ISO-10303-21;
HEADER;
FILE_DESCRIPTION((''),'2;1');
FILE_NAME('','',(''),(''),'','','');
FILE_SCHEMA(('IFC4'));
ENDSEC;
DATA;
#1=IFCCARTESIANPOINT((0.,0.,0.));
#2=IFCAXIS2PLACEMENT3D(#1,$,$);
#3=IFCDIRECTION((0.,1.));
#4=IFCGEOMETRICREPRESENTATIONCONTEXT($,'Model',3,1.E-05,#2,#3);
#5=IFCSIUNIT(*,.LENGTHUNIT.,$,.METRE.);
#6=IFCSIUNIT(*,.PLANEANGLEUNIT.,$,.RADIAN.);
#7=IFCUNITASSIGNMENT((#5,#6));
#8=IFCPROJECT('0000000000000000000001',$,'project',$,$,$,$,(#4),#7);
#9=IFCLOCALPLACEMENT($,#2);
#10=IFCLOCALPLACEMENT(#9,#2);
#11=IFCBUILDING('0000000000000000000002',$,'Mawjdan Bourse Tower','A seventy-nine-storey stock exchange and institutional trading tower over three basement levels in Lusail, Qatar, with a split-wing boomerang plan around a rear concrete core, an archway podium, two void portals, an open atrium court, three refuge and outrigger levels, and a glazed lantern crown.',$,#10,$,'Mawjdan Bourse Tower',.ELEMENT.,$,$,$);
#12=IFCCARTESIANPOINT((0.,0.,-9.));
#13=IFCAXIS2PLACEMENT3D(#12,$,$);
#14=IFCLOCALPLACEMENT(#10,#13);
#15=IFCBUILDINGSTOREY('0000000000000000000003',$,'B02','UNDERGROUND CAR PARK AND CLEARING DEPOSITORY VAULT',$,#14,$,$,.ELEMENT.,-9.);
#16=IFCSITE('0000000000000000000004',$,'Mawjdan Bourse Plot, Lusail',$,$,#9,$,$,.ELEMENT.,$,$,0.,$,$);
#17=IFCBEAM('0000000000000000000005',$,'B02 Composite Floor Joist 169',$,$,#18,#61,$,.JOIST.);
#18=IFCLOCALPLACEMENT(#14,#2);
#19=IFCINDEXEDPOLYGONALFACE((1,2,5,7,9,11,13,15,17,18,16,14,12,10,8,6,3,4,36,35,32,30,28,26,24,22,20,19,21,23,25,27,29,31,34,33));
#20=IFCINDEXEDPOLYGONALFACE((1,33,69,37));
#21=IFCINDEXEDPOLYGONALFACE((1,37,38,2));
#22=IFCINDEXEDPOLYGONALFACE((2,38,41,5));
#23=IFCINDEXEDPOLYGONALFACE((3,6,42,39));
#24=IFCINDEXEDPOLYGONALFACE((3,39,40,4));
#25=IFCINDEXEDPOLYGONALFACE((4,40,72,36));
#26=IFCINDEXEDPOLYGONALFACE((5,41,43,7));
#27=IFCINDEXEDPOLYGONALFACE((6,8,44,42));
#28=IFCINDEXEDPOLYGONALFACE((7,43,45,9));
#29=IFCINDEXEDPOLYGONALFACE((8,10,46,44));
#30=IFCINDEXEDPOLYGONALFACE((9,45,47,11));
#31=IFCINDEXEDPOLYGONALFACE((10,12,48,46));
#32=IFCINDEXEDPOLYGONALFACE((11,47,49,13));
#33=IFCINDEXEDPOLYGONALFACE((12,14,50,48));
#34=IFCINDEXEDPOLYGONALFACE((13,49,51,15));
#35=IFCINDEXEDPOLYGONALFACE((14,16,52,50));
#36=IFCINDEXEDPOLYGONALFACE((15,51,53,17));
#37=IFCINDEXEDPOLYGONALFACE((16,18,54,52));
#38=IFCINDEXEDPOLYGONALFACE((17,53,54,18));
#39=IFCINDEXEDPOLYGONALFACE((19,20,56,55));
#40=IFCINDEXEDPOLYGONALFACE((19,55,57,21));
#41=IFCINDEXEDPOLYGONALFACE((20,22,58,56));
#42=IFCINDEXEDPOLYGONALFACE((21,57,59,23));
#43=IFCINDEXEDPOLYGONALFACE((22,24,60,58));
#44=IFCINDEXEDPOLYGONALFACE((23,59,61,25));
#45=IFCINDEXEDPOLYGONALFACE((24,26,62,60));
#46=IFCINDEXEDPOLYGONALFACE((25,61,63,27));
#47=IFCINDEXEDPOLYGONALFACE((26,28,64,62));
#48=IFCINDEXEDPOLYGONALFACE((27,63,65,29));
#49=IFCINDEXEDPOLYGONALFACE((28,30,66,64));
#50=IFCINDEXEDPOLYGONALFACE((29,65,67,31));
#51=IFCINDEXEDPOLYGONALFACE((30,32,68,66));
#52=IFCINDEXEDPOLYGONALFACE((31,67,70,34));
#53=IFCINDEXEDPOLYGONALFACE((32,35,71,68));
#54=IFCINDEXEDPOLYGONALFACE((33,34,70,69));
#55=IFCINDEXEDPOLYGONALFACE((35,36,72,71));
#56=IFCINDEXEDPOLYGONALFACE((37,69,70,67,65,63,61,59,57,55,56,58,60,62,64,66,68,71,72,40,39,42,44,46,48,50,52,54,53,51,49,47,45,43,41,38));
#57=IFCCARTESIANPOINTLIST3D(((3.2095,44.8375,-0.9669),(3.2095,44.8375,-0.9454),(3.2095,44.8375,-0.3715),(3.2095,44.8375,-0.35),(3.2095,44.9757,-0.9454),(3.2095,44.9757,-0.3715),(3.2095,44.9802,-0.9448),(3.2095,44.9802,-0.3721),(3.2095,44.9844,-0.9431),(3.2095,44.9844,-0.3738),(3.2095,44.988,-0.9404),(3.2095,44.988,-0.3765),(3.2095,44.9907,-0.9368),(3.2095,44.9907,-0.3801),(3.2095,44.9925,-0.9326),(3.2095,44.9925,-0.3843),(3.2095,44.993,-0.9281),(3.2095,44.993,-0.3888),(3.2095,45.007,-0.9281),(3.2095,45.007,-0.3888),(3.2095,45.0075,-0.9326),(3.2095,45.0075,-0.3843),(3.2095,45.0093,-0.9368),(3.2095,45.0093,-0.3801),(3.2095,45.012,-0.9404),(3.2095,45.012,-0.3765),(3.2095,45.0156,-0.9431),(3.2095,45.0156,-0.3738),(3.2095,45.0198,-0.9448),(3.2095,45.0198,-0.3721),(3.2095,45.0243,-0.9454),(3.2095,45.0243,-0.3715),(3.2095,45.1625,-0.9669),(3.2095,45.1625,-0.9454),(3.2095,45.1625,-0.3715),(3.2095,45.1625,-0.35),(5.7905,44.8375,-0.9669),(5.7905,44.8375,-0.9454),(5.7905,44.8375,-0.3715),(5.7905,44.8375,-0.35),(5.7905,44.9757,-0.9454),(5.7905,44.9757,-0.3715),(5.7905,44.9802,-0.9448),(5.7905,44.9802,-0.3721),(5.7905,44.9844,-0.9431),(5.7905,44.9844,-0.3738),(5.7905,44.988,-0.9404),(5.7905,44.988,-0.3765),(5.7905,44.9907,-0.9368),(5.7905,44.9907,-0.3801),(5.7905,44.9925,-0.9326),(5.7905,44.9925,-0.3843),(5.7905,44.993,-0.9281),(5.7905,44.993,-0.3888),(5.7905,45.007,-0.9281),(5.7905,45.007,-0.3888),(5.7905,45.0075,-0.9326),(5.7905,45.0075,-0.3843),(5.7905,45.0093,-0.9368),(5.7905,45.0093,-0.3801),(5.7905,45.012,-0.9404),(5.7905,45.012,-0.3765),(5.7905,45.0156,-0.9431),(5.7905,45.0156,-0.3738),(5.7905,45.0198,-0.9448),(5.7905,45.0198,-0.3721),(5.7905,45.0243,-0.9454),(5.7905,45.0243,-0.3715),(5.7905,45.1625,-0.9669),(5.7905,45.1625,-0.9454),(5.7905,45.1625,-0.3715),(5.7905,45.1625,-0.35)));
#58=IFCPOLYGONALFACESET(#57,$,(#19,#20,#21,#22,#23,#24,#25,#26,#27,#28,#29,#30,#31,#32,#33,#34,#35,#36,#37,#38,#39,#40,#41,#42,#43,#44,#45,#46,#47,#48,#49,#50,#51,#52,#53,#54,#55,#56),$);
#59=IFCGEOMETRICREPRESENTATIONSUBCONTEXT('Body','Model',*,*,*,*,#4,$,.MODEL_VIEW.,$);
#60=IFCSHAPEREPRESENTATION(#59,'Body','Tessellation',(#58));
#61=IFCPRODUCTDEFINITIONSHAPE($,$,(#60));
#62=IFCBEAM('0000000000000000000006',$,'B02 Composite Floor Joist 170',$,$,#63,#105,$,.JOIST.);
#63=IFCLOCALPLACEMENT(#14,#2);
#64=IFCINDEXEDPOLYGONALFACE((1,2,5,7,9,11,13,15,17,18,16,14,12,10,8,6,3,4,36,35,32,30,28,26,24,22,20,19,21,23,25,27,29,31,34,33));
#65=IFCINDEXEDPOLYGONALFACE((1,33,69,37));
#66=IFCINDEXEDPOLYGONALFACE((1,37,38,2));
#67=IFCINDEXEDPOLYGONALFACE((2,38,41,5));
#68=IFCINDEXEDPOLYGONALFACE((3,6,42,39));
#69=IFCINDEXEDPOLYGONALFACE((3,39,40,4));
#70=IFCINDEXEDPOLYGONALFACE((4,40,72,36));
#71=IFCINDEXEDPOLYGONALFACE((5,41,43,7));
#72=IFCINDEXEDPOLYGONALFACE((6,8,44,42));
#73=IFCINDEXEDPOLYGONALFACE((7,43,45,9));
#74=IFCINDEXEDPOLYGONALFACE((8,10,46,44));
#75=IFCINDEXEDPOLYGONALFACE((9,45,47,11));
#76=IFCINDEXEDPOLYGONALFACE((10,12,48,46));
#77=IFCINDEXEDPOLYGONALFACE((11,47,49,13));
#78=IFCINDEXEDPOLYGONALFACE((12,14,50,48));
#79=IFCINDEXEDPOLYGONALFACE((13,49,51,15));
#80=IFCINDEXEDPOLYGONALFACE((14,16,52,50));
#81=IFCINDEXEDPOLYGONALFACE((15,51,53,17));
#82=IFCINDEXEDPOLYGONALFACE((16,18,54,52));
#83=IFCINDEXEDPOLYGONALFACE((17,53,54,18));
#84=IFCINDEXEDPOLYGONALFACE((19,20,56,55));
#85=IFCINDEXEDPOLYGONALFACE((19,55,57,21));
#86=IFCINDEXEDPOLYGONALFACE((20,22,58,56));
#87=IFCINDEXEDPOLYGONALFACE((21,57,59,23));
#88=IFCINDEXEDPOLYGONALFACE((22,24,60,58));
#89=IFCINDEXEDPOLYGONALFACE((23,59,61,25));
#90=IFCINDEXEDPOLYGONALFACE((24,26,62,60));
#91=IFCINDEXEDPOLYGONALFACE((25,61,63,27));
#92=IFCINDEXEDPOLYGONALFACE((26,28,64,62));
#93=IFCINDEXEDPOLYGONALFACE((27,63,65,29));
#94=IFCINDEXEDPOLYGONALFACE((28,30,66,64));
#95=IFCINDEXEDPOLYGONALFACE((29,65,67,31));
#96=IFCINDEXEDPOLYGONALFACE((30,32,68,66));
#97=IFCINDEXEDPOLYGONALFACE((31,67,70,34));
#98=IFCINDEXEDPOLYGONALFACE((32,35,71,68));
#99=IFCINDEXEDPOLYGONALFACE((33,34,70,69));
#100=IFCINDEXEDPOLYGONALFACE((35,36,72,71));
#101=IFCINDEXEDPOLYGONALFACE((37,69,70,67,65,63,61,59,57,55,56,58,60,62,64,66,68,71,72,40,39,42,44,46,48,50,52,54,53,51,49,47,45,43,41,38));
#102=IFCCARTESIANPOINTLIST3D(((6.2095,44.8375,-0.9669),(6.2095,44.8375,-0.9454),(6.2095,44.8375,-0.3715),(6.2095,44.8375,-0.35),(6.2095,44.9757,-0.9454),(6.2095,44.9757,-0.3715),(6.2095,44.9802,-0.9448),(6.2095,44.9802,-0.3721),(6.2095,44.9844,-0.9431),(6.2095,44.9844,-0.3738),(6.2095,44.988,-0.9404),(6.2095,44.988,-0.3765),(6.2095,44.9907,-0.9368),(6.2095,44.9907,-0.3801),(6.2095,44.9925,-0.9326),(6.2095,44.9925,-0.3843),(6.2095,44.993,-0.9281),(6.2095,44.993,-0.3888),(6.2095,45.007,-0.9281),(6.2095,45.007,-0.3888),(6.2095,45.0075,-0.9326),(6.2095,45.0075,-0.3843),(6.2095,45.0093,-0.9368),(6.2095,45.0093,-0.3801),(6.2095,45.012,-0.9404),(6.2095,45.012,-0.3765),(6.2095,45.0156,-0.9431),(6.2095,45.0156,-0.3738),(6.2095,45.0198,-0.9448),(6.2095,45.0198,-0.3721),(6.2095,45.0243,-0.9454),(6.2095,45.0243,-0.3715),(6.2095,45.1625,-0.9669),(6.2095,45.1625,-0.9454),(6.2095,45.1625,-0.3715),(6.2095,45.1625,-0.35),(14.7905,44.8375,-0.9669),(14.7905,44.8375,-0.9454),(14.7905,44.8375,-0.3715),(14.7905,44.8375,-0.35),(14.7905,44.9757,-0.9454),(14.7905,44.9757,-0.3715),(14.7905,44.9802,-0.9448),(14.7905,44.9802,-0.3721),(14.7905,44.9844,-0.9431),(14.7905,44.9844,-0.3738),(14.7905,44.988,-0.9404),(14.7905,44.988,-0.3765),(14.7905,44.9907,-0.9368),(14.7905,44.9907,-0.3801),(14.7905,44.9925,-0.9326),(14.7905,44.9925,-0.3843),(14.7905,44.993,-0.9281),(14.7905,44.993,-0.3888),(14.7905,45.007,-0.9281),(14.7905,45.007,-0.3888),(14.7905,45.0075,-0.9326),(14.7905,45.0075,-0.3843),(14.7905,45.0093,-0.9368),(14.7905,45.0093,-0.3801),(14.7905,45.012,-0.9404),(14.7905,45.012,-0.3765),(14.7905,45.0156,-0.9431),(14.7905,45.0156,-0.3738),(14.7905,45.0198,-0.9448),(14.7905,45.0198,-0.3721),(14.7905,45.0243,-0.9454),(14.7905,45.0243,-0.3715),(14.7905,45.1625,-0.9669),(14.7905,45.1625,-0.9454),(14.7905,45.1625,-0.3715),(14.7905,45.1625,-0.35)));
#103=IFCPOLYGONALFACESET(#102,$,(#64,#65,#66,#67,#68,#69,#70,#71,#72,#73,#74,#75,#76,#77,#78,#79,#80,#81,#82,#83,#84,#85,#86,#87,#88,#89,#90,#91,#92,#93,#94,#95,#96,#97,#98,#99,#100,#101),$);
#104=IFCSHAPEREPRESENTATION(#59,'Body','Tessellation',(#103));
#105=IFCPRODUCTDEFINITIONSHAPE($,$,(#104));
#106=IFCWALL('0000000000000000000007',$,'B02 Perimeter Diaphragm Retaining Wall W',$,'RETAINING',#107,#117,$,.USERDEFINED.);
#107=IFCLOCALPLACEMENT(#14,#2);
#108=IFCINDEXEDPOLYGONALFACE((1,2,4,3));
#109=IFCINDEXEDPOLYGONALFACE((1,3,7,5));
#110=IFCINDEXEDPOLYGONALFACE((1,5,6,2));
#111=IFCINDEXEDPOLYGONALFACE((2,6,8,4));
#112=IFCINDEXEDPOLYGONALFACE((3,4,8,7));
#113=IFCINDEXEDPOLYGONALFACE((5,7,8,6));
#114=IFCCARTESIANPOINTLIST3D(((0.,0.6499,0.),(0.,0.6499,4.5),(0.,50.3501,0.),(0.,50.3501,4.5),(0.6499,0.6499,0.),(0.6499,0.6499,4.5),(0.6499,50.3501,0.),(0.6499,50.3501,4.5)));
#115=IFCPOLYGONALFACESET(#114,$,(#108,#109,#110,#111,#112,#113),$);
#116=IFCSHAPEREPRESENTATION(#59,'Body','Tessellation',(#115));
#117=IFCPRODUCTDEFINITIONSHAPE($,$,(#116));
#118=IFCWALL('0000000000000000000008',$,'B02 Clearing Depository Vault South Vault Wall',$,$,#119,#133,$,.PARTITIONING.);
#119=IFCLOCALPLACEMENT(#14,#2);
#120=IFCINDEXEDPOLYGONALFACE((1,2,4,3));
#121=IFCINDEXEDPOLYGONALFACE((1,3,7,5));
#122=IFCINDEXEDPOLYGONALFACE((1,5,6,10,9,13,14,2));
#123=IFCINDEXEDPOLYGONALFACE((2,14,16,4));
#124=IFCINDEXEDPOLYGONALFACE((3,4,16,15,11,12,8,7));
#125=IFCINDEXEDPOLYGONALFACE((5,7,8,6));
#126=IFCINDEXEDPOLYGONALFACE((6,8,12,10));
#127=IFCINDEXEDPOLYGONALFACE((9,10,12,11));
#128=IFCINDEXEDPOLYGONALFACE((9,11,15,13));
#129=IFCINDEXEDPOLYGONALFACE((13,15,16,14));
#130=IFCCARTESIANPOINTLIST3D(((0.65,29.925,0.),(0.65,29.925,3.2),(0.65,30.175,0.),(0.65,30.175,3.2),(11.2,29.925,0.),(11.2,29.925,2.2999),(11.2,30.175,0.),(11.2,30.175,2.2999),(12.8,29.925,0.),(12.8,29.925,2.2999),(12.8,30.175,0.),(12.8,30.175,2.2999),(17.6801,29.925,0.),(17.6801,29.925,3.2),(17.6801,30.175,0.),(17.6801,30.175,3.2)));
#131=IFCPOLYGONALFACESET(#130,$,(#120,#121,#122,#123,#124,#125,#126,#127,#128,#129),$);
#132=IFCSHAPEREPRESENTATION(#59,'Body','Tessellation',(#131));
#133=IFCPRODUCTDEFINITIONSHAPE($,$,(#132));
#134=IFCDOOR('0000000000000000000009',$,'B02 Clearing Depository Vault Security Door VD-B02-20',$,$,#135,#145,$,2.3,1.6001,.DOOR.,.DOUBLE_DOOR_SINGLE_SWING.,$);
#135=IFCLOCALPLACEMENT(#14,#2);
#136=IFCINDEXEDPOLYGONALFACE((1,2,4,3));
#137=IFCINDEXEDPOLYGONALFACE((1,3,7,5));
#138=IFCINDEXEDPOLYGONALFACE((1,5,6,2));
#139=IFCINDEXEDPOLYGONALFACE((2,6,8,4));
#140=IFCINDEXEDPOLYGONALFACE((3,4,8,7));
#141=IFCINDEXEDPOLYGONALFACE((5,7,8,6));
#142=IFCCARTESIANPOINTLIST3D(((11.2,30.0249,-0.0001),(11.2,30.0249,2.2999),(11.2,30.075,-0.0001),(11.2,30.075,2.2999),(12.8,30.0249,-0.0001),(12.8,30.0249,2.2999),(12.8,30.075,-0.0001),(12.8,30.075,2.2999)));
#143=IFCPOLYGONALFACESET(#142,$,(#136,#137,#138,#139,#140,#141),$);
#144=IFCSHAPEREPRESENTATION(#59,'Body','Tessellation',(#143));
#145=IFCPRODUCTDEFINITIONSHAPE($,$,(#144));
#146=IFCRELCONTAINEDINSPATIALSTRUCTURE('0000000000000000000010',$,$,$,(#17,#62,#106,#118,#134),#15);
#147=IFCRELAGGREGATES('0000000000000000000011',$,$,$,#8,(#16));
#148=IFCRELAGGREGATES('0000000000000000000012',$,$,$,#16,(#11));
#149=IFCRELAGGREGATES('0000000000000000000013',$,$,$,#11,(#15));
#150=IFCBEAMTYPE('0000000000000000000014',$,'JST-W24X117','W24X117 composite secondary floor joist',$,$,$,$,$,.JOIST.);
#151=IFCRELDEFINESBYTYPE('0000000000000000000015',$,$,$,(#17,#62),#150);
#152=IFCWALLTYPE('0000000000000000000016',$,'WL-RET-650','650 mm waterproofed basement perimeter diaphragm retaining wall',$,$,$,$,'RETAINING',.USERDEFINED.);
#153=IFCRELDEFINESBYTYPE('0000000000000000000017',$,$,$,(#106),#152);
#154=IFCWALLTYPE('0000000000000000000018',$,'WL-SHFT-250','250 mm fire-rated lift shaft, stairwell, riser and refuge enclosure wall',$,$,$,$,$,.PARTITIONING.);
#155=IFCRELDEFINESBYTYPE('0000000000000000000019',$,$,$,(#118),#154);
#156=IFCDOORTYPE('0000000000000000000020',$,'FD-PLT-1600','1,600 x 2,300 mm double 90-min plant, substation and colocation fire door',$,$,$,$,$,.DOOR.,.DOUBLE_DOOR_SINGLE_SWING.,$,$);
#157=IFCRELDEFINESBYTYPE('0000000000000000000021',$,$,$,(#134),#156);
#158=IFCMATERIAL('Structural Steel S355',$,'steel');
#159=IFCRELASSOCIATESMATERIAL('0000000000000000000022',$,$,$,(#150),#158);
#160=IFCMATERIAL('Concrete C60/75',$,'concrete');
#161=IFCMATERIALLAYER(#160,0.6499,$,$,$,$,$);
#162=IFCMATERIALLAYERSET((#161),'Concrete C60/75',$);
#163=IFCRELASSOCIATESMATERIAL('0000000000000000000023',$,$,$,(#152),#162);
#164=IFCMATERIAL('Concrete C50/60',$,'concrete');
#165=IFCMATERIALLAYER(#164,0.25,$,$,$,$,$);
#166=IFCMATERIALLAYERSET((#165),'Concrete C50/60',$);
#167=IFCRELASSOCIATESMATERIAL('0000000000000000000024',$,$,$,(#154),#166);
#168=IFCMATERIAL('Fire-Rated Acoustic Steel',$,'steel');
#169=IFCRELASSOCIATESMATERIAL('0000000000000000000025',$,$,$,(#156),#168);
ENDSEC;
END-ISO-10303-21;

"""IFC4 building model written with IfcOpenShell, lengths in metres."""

from ifc_helpers import new_model, si_unit, direction, frame, frame_2d, origin, origin_2d, place, context, subcontext, project, spatial, rectangle, i_section, extrude, material, layer, layer_set, material_profile, profile_set, type_object, element, fill, save


model = new_model("IFC4")

# Units and contexts
model_context = context("Model", 3, precision=1e-05, world=origin(), true_north=direction((0.0, 1.0)))
body_context = subcontext(model_context, "Body", "Model", "MODEL_VIEW")
ifc_project = project(units=[si_unit("LENGTHUNIT", "METRE"), si_unit("PLANEANGLEUNIT", "RADIAN")], contexts=[model_context])

# Site, building, storey
site_placement = place(None, origin())
site = spatial("IfcSite", under=ifc_project, at=site_placement, Name="Mawjdan Bourse Plot, Lusail", CompositionType="ELEMENT", RefElevation=0.0)
building_placement = place(site_placement, origin())
building = spatial("IfcBuilding", under=site, at=building_placement, Name="Mawjdan Bourse Tower", Description="A seventy-nine-storey stock exchange and institutional trading tower over three basement levels in Lusail, Qatar, with a split-wing boomerang plan around a rear concrete core, an archway podium, two void portals, an open atrium court, three refuge and outrigger levels, and a glazed lantern crown.", LongName="Mawjdan Bourse Tower", CompositionType="ELEMENT")
storey_placement = place(building_placement, frame((0.0, 0.0, -9.0)))
storey = spatial("IfcBuildingStorey", under=building, at=storey_placement, Name="B02", Description="UNDERGROUND CAR PARK AND CLEARING DEPOSITORY VAULT", CompositionType="ELEMENT", Elevation=-9.0)

# Shared definitions
ifc_material_1 = material(Name="Concrete C60/75", Category="concrete")

# Beams
ifc_material_2 = material(Name="Structural Steel S355", Category="steel")
ifc_material_profile_1 = material_profile(ifc_material_2, i_section(OverallWidth=0.325, OverallDepth=0.6169, WebThickness=0.0139, FlangeThickness=0.0215, FilletRadius=0.0173, at=origin_2d()), Name="W24X117")
ifc_profile_set_1 = profile_set([ifc_material_profile_1], Name="Structural Steel S355")
beam_type_1 = type_object("IfcBeamType", Name="JST-W24X117", Description="W24X117 composite secondary floor joist", PredefinedType="JOIST", material=ifc_profile_set_1)
beam_1_placement = place(storey_placement, frame((3.2095, 45.0, -0.6584), z_axis=(1.0, 0.0, 0.0), x_axis=(0.0, 1.0, 0.0)))
element("IfcBeam", 1, at=beam_1_placement, inside=storey, type_object=beam_type_1, Name="B02 Composite Floor Joist 169", PredefinedType="JOIST", context=body_context, shape_type="SweptSolid", body=[
    extrude(i_section(OverallWidth=0.325, OverallDepth=0.6169, WebThickness=0.0139, FlangeThickness=0.0215, FilletRadius=0.0173, at=origin_2d()), origin(), (0.0, 0.0, 1.0), 2.5811),
])
beam_2_placement = place(storey_placement, frame((6.2095, 45.0, -0.6584), z_axis=(1.0, 0.0, 0.0), x_axis=(0.0, 1.0, 0.0)))
element("IfcBeam", 2, at=beam_2_placement, inside=storey, type_object=beam_type_1, Name="B02 Composite Floor Joist 170", PredefinedType="JOIST", context=body_context, shape_type="SweptSolid", body=[
    extrude(i_section(OverallWidth=0.325, OverallDepth=0.6169, WebThickness=0.0139, FlangeThickness=0.0215, FilletRadius=0.0173, at=origin_2d()), origin(), (0.0, 0.0, 1.0), 8.5811),
])

# Wall
ifc_layer_1 = layer(ifc_material_1, 0.6499)
ifc_layer_set_1 = layer_set([ifc_layer_1], Name="Concrete C60/75")
wall_type_1 = type_object("IfcWallType", Name="WL-RET-650", Description="650 mm waterproofed basement perimeter diaphragm retaining wall", ElementType="RETAINING", PredefinedType="USERDEFINED", material=ifc_layer_set_1)
wall_1_placement = place(storey_placement, frame((0.325, 50.3501, 0.0), z_axis=(0.0, 0.0, 1.0), x_axis=(0.0, -1.0, 0.0)))
element("IfcWall", 3, at=wall_1_placement, inside=storey, type_object=wall_type_1, Name="B02 Perimeter Diaphragm Retaining Wall W", ObjectType="RETAINING", PredefinedType="USERDEFINED", context=body_context, shape_type="SweptSolid", body=[
    extrude(rectangle(XDim=49.7002, YDim=0.6499, at=frame_2d((24.8501, 0.0))), origin(), (0.0, 0.0, 1.0), 4.5),
])

# Wall, opening, door
ifc_material_3 = material(Name="Concrete C50/60", Category="concrete")
ifc_layer_2 = layer(ifc_material_3, 0.25)
ifc_layer_set_2 = layer_set([ifc_layer_2], Name="Concrete C50/60")
wall_type_2 = type_object("IfcWallType", Name="WL-SHFT-250", Description="250 mm fire-rated lift shaft, stairwell, riser and refuge enclosure wall", PredefinedType="PARTITIONING", material=ifc_layer_set_2)
wall_2_placement = place(storey_placement, frame((0.6499, 30.05, 0.0), z_axis=(0.0, 0.0, 1.0), x_axis=(1.0, 0.0, 0.0)))
wall_2 = element("IfcWall", 4, at=wall_2_placement, inside=storey, type_object=wall_type_2, Name="B02 Clearing Depository Vault South Vault Wall", PredefinedType="PARTITIONING", context=body_context, shape_type="SweptSolid", body=[
    extrude(rectangle(XDim=17.03, YDim=0.25, at=frame_2d((8.5151, 0.0))), origin(), (0.0, 0.0, 1.0), 3.2),
])
opening_placement = place(wall_2_placement, frame((10.55, 0.0, 0.0)))
opening = element("IfcOpeningElement", 5, at=opening_placement, cuts=wall_2, PredefinedType="OPENING", context=body_context, shape_type="SweptSolid", body=[
    extrude(rectangle(XDim=1.6001, YDim=2.3, at=frame_2d((0.8, 1.1499))), frame((0.0, 0.135, 0.0), z_axis=(0.0, -1.0, 0.0), x_axis=(1.0, 0.0, 0.0)), (0.0, 0.0, 1.0), 0.27),
])
ifc_material_4 = material(Name="Fire-Rated Acoustic Steel", Category="steel")
door_type = type_object("IfcDoorType", Name="FD-PLT-1600", Description="1,600 x 2,300 mm double 90-min plant, substation and colocation fire door", OperationType="DOUBLE_DOOR_SINGLE_SWING", PredefinedType="DOOR", material=ifc_material_4)
door_placement = place(opening_placement, origin())
door = element("IfcDoor", 6, at=door_placement, inside=storey, type_object=door_type, Name="B02 Clearing Depository Vault Security Door VD-B02-20", OperationType="DOUBLE_DOOR_SINGLE_SWING", OverallHeight=2.3, OverallWidth=1.6001, PredefinedType="DOOR", context=body_context, shape_type="SweptSolid", body=[
    extrude(rectangle(XDim=1.6001, YDim=2.3, at=frame_2d((0.8, 1.1499))), frame((0.0, 0.0249, 0.0), z_axis=(0.0, -1.0, 0.0), x_axis=(1.0, 0.0, 0.0)), (0.0, 0.0, 1.0), 0.05),
])
fill(opening, door)

save(model, "model.ifc")
